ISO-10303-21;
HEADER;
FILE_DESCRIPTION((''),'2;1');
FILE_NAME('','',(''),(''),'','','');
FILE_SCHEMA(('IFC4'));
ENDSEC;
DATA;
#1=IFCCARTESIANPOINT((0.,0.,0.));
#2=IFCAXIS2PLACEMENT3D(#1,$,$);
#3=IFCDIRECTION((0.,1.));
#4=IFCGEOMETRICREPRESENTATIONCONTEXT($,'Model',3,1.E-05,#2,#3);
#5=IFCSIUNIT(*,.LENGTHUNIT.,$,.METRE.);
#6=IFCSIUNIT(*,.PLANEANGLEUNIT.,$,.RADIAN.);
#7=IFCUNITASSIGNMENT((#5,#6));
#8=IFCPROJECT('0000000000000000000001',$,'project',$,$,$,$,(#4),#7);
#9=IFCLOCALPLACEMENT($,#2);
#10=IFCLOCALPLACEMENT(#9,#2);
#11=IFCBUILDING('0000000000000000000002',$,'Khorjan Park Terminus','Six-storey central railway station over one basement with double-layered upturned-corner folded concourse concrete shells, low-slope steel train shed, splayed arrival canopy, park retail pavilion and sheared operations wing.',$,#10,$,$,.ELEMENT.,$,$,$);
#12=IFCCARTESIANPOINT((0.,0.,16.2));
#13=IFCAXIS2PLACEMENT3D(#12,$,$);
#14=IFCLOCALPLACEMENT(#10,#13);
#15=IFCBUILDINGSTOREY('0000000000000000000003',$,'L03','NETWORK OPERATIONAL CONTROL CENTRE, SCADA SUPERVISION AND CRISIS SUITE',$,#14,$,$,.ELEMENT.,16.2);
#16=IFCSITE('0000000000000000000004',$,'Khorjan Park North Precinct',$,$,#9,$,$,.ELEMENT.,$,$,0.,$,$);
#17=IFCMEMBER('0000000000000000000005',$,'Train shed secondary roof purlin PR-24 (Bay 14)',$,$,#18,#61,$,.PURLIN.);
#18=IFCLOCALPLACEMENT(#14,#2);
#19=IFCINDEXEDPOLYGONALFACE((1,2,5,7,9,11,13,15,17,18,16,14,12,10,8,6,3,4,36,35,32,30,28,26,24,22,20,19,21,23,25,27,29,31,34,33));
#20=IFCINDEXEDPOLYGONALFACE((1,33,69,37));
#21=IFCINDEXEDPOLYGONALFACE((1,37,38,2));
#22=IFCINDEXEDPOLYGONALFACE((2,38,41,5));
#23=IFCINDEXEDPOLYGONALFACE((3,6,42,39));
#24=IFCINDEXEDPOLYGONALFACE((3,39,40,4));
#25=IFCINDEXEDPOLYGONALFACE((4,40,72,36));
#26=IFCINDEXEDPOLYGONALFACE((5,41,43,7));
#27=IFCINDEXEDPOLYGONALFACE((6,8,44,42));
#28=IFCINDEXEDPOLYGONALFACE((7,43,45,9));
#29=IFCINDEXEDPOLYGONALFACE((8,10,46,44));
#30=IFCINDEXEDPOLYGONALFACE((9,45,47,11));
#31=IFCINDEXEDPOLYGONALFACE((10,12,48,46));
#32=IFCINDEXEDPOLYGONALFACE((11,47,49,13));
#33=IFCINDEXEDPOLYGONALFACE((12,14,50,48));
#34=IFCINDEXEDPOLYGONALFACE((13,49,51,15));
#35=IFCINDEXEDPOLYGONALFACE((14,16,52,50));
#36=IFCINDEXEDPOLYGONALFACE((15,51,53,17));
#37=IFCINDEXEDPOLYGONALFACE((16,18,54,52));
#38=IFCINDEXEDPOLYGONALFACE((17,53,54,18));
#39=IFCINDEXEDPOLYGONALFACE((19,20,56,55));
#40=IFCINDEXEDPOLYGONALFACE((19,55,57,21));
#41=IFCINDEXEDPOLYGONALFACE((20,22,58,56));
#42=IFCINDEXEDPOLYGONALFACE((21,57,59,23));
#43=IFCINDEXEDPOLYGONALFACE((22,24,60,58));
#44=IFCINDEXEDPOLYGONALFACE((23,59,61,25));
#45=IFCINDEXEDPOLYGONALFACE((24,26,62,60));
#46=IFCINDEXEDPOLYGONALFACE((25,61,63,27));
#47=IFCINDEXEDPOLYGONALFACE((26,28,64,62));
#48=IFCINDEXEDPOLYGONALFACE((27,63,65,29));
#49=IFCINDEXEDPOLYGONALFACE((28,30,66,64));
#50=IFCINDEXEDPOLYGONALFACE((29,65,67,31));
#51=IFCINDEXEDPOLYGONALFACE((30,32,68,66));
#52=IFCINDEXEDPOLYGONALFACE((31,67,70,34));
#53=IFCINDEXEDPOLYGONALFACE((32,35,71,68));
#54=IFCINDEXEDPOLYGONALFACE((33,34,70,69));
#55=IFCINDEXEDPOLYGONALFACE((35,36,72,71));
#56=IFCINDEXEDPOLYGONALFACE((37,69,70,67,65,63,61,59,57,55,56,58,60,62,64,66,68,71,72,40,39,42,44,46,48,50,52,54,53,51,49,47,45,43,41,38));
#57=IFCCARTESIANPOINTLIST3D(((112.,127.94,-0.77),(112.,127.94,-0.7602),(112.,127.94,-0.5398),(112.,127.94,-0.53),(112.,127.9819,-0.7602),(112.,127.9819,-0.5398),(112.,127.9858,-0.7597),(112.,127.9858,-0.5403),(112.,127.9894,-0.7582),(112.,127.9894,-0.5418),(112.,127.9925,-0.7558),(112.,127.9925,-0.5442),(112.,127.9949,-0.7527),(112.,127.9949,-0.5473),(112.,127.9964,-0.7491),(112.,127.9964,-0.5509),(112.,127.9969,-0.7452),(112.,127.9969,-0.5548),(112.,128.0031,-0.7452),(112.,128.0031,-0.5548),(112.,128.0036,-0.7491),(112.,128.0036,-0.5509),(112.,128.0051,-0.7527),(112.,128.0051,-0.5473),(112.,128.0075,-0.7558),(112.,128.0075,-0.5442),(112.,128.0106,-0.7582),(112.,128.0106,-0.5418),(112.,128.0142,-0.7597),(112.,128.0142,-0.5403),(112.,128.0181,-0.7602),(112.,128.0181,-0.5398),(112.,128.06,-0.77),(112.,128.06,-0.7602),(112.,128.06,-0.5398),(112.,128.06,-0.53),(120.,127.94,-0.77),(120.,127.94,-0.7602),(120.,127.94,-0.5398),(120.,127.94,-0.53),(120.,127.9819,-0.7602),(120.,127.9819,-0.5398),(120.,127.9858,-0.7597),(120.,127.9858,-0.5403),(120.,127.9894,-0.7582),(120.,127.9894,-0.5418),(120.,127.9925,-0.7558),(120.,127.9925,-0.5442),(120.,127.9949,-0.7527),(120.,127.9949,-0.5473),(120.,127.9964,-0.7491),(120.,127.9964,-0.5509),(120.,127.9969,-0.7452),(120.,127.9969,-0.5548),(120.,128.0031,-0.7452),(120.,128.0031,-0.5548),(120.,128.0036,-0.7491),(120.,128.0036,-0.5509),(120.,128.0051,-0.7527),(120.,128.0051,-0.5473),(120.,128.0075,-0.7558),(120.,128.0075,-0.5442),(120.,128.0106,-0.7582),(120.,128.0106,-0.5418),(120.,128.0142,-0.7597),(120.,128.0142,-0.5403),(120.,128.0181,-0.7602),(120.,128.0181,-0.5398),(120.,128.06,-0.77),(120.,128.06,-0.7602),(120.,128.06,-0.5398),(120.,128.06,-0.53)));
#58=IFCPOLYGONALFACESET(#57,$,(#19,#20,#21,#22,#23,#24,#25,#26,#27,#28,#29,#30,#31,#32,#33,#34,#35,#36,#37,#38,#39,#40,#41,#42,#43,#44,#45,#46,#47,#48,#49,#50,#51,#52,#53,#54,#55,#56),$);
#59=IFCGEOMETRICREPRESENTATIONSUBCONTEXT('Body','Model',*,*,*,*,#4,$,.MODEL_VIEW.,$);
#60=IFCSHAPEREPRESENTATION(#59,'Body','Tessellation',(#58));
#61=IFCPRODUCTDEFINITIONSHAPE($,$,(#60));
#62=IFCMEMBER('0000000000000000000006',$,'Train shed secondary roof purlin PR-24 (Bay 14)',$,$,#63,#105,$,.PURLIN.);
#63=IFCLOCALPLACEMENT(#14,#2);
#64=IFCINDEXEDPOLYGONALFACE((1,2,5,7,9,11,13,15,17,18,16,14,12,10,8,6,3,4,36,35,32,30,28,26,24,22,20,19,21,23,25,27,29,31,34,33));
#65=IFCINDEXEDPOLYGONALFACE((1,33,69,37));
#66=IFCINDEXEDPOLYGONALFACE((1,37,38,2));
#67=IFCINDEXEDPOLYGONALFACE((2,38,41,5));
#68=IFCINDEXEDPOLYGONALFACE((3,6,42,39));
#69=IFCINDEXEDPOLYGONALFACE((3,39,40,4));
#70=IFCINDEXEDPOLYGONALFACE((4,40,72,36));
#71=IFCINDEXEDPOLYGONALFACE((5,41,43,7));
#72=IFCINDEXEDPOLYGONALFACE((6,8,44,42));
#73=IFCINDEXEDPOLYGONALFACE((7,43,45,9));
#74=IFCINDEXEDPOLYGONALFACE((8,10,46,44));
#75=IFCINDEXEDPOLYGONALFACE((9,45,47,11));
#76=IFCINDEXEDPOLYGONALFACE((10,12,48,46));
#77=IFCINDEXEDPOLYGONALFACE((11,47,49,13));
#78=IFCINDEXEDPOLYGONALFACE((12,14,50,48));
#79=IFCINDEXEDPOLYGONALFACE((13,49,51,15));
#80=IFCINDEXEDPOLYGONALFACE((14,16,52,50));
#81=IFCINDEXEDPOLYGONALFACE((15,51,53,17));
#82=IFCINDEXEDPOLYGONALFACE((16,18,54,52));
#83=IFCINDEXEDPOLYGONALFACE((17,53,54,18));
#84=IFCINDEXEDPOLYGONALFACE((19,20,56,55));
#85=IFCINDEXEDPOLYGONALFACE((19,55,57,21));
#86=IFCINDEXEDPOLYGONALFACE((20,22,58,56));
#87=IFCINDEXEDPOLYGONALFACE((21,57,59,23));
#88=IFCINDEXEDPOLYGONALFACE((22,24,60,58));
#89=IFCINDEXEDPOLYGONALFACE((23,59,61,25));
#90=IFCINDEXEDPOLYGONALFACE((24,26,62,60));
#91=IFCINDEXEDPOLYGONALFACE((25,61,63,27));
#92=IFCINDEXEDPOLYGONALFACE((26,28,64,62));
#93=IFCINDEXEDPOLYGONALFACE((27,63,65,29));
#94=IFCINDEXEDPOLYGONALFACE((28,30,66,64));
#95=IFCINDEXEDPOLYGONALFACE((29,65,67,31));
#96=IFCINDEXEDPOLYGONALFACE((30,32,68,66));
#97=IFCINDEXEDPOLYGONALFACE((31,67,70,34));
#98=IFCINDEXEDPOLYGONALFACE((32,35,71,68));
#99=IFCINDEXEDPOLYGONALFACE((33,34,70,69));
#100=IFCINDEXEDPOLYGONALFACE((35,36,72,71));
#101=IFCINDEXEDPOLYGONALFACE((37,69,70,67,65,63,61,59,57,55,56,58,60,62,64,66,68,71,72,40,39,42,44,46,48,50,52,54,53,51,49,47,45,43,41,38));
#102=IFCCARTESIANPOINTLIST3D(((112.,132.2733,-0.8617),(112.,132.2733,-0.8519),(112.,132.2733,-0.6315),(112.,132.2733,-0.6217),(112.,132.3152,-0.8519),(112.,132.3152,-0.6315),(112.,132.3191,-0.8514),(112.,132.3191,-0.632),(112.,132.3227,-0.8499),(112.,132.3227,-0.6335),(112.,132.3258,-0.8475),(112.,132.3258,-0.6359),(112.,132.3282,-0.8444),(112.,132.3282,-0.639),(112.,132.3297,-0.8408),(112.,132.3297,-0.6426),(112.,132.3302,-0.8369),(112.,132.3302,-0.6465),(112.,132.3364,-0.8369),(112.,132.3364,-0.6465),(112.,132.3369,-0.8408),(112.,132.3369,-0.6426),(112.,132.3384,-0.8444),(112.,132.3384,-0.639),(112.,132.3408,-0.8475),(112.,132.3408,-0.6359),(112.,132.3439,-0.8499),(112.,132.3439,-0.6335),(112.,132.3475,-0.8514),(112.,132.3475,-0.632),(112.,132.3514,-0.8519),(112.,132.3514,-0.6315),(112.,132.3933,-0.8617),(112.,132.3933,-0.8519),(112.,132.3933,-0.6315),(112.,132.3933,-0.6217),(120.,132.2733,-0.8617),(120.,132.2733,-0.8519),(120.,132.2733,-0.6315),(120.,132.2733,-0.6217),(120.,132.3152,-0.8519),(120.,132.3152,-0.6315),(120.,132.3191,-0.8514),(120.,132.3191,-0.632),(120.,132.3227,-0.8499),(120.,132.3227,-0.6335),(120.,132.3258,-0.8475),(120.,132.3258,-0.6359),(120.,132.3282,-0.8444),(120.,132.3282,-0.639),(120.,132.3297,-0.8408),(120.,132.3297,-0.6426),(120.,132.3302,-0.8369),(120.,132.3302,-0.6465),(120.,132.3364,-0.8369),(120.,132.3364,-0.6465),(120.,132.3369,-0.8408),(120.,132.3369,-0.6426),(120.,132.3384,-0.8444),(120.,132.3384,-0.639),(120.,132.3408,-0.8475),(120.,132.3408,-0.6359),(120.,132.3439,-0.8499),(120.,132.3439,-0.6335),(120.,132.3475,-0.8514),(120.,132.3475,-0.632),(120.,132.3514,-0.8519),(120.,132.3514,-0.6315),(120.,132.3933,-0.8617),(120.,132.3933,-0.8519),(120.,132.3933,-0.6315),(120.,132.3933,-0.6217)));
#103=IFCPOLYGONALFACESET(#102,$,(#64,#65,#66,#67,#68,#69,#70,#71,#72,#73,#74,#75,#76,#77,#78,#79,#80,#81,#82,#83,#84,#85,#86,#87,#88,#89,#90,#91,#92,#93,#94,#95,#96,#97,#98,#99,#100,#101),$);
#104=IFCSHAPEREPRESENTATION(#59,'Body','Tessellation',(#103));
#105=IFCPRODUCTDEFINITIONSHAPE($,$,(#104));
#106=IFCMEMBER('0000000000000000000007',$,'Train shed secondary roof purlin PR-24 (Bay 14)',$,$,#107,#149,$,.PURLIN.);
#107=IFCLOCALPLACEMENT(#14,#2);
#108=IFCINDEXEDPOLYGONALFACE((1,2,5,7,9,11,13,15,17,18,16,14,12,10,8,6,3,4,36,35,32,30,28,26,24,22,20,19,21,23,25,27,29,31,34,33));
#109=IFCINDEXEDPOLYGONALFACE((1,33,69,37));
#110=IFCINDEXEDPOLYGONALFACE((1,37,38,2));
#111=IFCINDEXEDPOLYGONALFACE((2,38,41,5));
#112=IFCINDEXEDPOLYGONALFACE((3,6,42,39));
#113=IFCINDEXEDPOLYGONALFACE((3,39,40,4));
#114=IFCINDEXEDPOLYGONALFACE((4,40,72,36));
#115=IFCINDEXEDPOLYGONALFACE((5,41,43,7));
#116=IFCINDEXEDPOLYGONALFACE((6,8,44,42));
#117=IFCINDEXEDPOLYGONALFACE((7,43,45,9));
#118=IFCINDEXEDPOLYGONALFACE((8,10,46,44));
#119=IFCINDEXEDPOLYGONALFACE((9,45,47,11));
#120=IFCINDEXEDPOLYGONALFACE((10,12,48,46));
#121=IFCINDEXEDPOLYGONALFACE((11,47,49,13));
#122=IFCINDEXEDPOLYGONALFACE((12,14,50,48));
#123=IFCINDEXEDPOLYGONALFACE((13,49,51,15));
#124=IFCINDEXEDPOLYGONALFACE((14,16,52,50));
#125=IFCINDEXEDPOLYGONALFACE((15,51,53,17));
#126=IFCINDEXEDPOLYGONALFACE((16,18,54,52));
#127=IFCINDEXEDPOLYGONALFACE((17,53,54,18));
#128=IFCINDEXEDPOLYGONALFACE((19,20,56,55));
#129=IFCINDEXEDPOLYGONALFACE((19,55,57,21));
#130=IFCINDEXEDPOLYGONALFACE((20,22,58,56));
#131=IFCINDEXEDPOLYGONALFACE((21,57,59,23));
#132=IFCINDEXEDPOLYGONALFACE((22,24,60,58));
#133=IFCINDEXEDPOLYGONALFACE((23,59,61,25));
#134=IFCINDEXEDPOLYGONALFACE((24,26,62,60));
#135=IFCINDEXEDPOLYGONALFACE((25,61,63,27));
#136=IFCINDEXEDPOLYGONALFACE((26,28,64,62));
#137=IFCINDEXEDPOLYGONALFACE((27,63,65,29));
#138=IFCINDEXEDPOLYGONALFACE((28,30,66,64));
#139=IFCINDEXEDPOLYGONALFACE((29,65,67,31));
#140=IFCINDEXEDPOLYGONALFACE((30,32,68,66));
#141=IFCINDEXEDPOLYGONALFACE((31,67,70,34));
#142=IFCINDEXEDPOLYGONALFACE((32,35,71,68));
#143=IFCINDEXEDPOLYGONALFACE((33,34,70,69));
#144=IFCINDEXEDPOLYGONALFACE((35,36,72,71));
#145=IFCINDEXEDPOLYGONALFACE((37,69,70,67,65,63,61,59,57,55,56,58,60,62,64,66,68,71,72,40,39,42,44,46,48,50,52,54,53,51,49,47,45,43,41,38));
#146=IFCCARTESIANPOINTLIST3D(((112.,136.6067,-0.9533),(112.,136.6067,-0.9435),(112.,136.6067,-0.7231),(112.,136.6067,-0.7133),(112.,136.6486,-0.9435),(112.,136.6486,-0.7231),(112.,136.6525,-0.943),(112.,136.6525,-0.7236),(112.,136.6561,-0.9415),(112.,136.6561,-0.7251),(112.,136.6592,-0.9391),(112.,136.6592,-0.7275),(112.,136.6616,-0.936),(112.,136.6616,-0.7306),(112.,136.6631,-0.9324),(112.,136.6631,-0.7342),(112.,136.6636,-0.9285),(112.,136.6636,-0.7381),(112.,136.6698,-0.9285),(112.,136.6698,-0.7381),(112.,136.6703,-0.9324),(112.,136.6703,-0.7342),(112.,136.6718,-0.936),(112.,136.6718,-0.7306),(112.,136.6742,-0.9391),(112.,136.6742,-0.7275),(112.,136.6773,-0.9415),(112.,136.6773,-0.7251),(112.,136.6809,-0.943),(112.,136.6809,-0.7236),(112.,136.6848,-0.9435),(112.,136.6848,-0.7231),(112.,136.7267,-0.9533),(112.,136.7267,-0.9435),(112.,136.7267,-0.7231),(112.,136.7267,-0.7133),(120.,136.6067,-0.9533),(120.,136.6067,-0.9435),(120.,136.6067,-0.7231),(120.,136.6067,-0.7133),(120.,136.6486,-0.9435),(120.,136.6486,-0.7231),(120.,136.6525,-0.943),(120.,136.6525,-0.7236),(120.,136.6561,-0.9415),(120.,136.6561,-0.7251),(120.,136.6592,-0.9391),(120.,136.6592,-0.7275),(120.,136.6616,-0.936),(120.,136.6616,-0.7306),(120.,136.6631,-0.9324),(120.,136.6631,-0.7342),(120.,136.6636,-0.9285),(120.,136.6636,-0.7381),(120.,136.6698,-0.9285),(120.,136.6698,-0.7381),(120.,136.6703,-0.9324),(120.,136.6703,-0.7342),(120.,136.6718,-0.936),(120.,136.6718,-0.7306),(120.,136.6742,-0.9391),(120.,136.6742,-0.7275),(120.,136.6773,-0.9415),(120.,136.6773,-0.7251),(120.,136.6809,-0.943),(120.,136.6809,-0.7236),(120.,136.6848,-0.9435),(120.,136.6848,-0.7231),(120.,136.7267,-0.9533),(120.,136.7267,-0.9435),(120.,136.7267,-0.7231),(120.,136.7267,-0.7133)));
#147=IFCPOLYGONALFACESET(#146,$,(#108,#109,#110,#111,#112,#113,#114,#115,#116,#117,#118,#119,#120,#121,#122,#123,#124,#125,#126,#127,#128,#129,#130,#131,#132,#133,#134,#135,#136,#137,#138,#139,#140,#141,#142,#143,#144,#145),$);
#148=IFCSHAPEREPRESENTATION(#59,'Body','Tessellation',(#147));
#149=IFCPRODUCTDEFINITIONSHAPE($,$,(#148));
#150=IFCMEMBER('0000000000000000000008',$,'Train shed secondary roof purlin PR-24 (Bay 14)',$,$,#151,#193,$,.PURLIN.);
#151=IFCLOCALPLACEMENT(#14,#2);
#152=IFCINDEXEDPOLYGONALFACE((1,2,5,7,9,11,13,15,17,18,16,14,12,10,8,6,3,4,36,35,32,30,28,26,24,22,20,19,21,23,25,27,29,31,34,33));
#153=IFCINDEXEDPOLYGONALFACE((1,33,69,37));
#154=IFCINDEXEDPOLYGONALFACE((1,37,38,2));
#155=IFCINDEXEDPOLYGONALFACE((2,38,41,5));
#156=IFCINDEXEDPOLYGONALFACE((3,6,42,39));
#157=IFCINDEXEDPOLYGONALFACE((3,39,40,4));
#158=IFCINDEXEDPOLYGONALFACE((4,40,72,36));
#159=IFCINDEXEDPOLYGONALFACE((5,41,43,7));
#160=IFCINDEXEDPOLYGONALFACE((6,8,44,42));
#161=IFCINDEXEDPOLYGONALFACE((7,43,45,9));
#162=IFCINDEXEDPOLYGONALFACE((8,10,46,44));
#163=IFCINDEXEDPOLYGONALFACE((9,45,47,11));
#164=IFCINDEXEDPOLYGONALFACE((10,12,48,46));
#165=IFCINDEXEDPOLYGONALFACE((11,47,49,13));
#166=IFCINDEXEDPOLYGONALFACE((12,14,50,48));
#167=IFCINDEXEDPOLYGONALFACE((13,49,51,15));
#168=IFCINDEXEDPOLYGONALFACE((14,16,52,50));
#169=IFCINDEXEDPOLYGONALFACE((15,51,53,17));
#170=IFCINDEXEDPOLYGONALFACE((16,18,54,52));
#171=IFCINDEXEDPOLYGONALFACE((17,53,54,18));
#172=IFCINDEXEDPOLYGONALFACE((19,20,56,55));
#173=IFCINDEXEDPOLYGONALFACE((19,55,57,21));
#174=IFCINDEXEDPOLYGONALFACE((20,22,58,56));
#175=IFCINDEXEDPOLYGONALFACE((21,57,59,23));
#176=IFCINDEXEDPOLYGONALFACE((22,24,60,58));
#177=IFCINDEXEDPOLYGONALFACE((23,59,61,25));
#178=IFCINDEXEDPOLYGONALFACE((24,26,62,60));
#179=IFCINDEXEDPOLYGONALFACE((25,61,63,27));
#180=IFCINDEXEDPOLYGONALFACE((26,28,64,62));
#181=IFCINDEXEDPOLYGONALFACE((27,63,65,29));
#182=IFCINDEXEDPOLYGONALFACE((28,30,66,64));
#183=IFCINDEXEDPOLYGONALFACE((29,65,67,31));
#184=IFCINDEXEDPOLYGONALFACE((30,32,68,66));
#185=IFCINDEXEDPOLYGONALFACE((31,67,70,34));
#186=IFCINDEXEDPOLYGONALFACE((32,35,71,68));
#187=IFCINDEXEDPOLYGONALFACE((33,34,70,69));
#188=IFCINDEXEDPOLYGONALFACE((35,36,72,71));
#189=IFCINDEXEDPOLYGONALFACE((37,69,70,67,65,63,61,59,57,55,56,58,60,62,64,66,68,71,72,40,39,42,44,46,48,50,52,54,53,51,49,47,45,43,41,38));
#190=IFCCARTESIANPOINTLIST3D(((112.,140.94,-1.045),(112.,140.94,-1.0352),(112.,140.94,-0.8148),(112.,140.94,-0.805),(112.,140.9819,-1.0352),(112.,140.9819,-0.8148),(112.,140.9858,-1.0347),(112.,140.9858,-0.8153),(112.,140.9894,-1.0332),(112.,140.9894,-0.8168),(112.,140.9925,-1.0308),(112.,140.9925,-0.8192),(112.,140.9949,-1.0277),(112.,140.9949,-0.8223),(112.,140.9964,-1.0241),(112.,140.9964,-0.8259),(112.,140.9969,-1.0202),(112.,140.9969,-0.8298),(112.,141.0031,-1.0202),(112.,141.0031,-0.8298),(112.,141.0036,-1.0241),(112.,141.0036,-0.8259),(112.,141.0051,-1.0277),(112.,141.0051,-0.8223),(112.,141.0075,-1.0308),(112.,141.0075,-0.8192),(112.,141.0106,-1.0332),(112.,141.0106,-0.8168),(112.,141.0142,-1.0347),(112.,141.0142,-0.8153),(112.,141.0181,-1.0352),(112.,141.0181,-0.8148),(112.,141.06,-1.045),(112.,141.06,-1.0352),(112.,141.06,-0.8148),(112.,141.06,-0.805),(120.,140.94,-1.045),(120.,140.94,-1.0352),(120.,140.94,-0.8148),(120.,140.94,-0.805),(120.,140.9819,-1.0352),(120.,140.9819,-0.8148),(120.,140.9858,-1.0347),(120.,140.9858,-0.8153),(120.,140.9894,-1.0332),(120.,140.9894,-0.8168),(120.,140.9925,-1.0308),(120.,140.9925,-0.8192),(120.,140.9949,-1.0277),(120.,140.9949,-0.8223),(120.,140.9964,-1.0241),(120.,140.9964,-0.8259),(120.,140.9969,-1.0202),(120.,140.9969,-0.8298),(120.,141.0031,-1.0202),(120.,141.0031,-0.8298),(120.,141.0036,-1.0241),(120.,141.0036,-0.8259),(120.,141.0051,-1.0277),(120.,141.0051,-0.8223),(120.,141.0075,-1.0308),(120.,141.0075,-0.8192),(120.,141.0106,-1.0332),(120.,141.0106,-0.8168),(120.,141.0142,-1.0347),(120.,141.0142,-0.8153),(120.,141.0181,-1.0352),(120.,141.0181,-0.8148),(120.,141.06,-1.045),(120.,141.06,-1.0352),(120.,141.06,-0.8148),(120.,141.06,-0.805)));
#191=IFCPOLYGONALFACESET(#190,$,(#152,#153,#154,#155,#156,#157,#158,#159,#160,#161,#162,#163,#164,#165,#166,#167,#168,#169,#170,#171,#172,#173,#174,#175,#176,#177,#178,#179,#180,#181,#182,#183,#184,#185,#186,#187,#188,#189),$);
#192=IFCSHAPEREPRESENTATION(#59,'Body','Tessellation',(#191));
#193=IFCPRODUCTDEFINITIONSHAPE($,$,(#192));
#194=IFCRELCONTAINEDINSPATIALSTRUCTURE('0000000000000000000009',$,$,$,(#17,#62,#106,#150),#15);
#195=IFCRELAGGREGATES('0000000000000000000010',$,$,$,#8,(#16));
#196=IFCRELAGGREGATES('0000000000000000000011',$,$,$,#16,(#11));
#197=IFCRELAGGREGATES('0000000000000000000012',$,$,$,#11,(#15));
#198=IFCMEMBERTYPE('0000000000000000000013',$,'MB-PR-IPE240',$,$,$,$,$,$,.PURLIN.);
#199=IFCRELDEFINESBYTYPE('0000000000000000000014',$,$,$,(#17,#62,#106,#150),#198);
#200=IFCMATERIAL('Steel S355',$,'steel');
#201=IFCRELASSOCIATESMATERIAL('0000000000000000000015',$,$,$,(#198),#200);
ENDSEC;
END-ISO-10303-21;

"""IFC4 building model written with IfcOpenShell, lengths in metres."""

from ifc_helpers import new_model, si_unit, direction, frame, origin, origin_2d, place, context, subcontext, project, spatial, i_section, extrude, material, material_profile, profile_set, type_object, element, save


model = new_model("IFC4")

# Units and contexts
model_context = context("Model", 3, precision=1e-05, world=origin(), true_north=direction((0.0, 1.0)))
body_context = subcontext(model_context, "Body", "Model", "MODEL_VIEW")
ifc_project = project(units=[si_unit("LENGTHUNIT", "METRE"), si_unit("PLANEANGLEUNIT", "RADIAN")], contexts=[model_context])

# Site, building, storey
site_placement = place(None, origin())
site = spatial("IfcSite", under=ifc_project, at=site_placement, Name="Khorjan Park North Precinct", CompositionType="ELEMENT", RefElevation=0.0)
building_placement = place(site_placement, origin())
building = spatial("IfcBuilding", under=site, at=building_placement, Name="Khorjan Park Terminus", Description="Six-storey central railway station over one basement with double-layered upturned-corner folded concourse concrete shells, low-slope steel train shed, splayed arrival canopy, park retail pavilion and sheared operations wing.", CompositionType="ELEMENT")
storey_placement = place(building_placement, frame((0.0, 0.0, 16.2)))
storey = spatial("IfcBuildingStorey", under=building, at=storey_placement, Name="L03", Description="NETWORK OPERATIONAL CONTROL CENTRE, SCADA SUPERVISION AND CRISIS SUITE", CompositionType="ELEMENT", Elevation=16.2)

# Members
ifc_material_1 = material(Name="Steel S355", Category="steel")
ifc_material_profile_1 = material_profile(ifc_material_1, i_section(OverallWidth=0.12, OverallDepth=0.24, WebThickness=0.0062, FlangeThickness=0.0098, FilletRadius=0.015, at=origin_2d()), Name="IPE 240")
ifc_profile_set_1 = profile_set([ifc_material_profile_1], Name="Steel S355")
member_type_1 = type_object("IfcMemberType", Name="MB-PR-IPE240", PredefinedType="PURLIN", material=ifc_profile_set_1)
for number, where, z_axis, x_axis, name in (
    (1, (112.0, 128.0, -0.65), (1.0, 0.0, 0.0), (0.0, 1.0, 0.0), "Train shed secondary roof purlin PR-24 (Bay 14)"),
    (2, (112.0, 132.3333, -0.7417), (1.0, 0.0, 0.0), (0.0, 1.0, 0.0), "Train shed secondary roof purlin PR-24 (Bay 14)"),
    (3, (112.0, 136.6667, -0.8333), (1.0, 0.0, 0.0), (0.0, 1.0, 0.0), "Train shed secondary roof purlin PR-24 (Bay 14)"),
    (4, (112.0, 141.0, -0.925), (1.0, 0.0, 0.0), (0.0, 1.0, 0.0), "Train shed secondary roof purlin PR-24 (Bay 14)"),
):
    element("IfcMember", number, at=place(storey_placement, frame(where, z_axis=z_axis, x_axis=x_axis)), inside=storey, type_object=member_type_1, Name=name, PredefinedType="PURLIN", context=body_context, shape_type="SweptSolid", body=[
        extrude(i_section(OverallWidth=0.12, OverallDepth=0.24, WebThickness=0.0062, FlangeThickness=0.0098, FilletRadius=0.015, at=origin_2d()), origin(), (0.0, 0.0, 1.0), 8.0),
    ])

save(model, "model.ifc")
